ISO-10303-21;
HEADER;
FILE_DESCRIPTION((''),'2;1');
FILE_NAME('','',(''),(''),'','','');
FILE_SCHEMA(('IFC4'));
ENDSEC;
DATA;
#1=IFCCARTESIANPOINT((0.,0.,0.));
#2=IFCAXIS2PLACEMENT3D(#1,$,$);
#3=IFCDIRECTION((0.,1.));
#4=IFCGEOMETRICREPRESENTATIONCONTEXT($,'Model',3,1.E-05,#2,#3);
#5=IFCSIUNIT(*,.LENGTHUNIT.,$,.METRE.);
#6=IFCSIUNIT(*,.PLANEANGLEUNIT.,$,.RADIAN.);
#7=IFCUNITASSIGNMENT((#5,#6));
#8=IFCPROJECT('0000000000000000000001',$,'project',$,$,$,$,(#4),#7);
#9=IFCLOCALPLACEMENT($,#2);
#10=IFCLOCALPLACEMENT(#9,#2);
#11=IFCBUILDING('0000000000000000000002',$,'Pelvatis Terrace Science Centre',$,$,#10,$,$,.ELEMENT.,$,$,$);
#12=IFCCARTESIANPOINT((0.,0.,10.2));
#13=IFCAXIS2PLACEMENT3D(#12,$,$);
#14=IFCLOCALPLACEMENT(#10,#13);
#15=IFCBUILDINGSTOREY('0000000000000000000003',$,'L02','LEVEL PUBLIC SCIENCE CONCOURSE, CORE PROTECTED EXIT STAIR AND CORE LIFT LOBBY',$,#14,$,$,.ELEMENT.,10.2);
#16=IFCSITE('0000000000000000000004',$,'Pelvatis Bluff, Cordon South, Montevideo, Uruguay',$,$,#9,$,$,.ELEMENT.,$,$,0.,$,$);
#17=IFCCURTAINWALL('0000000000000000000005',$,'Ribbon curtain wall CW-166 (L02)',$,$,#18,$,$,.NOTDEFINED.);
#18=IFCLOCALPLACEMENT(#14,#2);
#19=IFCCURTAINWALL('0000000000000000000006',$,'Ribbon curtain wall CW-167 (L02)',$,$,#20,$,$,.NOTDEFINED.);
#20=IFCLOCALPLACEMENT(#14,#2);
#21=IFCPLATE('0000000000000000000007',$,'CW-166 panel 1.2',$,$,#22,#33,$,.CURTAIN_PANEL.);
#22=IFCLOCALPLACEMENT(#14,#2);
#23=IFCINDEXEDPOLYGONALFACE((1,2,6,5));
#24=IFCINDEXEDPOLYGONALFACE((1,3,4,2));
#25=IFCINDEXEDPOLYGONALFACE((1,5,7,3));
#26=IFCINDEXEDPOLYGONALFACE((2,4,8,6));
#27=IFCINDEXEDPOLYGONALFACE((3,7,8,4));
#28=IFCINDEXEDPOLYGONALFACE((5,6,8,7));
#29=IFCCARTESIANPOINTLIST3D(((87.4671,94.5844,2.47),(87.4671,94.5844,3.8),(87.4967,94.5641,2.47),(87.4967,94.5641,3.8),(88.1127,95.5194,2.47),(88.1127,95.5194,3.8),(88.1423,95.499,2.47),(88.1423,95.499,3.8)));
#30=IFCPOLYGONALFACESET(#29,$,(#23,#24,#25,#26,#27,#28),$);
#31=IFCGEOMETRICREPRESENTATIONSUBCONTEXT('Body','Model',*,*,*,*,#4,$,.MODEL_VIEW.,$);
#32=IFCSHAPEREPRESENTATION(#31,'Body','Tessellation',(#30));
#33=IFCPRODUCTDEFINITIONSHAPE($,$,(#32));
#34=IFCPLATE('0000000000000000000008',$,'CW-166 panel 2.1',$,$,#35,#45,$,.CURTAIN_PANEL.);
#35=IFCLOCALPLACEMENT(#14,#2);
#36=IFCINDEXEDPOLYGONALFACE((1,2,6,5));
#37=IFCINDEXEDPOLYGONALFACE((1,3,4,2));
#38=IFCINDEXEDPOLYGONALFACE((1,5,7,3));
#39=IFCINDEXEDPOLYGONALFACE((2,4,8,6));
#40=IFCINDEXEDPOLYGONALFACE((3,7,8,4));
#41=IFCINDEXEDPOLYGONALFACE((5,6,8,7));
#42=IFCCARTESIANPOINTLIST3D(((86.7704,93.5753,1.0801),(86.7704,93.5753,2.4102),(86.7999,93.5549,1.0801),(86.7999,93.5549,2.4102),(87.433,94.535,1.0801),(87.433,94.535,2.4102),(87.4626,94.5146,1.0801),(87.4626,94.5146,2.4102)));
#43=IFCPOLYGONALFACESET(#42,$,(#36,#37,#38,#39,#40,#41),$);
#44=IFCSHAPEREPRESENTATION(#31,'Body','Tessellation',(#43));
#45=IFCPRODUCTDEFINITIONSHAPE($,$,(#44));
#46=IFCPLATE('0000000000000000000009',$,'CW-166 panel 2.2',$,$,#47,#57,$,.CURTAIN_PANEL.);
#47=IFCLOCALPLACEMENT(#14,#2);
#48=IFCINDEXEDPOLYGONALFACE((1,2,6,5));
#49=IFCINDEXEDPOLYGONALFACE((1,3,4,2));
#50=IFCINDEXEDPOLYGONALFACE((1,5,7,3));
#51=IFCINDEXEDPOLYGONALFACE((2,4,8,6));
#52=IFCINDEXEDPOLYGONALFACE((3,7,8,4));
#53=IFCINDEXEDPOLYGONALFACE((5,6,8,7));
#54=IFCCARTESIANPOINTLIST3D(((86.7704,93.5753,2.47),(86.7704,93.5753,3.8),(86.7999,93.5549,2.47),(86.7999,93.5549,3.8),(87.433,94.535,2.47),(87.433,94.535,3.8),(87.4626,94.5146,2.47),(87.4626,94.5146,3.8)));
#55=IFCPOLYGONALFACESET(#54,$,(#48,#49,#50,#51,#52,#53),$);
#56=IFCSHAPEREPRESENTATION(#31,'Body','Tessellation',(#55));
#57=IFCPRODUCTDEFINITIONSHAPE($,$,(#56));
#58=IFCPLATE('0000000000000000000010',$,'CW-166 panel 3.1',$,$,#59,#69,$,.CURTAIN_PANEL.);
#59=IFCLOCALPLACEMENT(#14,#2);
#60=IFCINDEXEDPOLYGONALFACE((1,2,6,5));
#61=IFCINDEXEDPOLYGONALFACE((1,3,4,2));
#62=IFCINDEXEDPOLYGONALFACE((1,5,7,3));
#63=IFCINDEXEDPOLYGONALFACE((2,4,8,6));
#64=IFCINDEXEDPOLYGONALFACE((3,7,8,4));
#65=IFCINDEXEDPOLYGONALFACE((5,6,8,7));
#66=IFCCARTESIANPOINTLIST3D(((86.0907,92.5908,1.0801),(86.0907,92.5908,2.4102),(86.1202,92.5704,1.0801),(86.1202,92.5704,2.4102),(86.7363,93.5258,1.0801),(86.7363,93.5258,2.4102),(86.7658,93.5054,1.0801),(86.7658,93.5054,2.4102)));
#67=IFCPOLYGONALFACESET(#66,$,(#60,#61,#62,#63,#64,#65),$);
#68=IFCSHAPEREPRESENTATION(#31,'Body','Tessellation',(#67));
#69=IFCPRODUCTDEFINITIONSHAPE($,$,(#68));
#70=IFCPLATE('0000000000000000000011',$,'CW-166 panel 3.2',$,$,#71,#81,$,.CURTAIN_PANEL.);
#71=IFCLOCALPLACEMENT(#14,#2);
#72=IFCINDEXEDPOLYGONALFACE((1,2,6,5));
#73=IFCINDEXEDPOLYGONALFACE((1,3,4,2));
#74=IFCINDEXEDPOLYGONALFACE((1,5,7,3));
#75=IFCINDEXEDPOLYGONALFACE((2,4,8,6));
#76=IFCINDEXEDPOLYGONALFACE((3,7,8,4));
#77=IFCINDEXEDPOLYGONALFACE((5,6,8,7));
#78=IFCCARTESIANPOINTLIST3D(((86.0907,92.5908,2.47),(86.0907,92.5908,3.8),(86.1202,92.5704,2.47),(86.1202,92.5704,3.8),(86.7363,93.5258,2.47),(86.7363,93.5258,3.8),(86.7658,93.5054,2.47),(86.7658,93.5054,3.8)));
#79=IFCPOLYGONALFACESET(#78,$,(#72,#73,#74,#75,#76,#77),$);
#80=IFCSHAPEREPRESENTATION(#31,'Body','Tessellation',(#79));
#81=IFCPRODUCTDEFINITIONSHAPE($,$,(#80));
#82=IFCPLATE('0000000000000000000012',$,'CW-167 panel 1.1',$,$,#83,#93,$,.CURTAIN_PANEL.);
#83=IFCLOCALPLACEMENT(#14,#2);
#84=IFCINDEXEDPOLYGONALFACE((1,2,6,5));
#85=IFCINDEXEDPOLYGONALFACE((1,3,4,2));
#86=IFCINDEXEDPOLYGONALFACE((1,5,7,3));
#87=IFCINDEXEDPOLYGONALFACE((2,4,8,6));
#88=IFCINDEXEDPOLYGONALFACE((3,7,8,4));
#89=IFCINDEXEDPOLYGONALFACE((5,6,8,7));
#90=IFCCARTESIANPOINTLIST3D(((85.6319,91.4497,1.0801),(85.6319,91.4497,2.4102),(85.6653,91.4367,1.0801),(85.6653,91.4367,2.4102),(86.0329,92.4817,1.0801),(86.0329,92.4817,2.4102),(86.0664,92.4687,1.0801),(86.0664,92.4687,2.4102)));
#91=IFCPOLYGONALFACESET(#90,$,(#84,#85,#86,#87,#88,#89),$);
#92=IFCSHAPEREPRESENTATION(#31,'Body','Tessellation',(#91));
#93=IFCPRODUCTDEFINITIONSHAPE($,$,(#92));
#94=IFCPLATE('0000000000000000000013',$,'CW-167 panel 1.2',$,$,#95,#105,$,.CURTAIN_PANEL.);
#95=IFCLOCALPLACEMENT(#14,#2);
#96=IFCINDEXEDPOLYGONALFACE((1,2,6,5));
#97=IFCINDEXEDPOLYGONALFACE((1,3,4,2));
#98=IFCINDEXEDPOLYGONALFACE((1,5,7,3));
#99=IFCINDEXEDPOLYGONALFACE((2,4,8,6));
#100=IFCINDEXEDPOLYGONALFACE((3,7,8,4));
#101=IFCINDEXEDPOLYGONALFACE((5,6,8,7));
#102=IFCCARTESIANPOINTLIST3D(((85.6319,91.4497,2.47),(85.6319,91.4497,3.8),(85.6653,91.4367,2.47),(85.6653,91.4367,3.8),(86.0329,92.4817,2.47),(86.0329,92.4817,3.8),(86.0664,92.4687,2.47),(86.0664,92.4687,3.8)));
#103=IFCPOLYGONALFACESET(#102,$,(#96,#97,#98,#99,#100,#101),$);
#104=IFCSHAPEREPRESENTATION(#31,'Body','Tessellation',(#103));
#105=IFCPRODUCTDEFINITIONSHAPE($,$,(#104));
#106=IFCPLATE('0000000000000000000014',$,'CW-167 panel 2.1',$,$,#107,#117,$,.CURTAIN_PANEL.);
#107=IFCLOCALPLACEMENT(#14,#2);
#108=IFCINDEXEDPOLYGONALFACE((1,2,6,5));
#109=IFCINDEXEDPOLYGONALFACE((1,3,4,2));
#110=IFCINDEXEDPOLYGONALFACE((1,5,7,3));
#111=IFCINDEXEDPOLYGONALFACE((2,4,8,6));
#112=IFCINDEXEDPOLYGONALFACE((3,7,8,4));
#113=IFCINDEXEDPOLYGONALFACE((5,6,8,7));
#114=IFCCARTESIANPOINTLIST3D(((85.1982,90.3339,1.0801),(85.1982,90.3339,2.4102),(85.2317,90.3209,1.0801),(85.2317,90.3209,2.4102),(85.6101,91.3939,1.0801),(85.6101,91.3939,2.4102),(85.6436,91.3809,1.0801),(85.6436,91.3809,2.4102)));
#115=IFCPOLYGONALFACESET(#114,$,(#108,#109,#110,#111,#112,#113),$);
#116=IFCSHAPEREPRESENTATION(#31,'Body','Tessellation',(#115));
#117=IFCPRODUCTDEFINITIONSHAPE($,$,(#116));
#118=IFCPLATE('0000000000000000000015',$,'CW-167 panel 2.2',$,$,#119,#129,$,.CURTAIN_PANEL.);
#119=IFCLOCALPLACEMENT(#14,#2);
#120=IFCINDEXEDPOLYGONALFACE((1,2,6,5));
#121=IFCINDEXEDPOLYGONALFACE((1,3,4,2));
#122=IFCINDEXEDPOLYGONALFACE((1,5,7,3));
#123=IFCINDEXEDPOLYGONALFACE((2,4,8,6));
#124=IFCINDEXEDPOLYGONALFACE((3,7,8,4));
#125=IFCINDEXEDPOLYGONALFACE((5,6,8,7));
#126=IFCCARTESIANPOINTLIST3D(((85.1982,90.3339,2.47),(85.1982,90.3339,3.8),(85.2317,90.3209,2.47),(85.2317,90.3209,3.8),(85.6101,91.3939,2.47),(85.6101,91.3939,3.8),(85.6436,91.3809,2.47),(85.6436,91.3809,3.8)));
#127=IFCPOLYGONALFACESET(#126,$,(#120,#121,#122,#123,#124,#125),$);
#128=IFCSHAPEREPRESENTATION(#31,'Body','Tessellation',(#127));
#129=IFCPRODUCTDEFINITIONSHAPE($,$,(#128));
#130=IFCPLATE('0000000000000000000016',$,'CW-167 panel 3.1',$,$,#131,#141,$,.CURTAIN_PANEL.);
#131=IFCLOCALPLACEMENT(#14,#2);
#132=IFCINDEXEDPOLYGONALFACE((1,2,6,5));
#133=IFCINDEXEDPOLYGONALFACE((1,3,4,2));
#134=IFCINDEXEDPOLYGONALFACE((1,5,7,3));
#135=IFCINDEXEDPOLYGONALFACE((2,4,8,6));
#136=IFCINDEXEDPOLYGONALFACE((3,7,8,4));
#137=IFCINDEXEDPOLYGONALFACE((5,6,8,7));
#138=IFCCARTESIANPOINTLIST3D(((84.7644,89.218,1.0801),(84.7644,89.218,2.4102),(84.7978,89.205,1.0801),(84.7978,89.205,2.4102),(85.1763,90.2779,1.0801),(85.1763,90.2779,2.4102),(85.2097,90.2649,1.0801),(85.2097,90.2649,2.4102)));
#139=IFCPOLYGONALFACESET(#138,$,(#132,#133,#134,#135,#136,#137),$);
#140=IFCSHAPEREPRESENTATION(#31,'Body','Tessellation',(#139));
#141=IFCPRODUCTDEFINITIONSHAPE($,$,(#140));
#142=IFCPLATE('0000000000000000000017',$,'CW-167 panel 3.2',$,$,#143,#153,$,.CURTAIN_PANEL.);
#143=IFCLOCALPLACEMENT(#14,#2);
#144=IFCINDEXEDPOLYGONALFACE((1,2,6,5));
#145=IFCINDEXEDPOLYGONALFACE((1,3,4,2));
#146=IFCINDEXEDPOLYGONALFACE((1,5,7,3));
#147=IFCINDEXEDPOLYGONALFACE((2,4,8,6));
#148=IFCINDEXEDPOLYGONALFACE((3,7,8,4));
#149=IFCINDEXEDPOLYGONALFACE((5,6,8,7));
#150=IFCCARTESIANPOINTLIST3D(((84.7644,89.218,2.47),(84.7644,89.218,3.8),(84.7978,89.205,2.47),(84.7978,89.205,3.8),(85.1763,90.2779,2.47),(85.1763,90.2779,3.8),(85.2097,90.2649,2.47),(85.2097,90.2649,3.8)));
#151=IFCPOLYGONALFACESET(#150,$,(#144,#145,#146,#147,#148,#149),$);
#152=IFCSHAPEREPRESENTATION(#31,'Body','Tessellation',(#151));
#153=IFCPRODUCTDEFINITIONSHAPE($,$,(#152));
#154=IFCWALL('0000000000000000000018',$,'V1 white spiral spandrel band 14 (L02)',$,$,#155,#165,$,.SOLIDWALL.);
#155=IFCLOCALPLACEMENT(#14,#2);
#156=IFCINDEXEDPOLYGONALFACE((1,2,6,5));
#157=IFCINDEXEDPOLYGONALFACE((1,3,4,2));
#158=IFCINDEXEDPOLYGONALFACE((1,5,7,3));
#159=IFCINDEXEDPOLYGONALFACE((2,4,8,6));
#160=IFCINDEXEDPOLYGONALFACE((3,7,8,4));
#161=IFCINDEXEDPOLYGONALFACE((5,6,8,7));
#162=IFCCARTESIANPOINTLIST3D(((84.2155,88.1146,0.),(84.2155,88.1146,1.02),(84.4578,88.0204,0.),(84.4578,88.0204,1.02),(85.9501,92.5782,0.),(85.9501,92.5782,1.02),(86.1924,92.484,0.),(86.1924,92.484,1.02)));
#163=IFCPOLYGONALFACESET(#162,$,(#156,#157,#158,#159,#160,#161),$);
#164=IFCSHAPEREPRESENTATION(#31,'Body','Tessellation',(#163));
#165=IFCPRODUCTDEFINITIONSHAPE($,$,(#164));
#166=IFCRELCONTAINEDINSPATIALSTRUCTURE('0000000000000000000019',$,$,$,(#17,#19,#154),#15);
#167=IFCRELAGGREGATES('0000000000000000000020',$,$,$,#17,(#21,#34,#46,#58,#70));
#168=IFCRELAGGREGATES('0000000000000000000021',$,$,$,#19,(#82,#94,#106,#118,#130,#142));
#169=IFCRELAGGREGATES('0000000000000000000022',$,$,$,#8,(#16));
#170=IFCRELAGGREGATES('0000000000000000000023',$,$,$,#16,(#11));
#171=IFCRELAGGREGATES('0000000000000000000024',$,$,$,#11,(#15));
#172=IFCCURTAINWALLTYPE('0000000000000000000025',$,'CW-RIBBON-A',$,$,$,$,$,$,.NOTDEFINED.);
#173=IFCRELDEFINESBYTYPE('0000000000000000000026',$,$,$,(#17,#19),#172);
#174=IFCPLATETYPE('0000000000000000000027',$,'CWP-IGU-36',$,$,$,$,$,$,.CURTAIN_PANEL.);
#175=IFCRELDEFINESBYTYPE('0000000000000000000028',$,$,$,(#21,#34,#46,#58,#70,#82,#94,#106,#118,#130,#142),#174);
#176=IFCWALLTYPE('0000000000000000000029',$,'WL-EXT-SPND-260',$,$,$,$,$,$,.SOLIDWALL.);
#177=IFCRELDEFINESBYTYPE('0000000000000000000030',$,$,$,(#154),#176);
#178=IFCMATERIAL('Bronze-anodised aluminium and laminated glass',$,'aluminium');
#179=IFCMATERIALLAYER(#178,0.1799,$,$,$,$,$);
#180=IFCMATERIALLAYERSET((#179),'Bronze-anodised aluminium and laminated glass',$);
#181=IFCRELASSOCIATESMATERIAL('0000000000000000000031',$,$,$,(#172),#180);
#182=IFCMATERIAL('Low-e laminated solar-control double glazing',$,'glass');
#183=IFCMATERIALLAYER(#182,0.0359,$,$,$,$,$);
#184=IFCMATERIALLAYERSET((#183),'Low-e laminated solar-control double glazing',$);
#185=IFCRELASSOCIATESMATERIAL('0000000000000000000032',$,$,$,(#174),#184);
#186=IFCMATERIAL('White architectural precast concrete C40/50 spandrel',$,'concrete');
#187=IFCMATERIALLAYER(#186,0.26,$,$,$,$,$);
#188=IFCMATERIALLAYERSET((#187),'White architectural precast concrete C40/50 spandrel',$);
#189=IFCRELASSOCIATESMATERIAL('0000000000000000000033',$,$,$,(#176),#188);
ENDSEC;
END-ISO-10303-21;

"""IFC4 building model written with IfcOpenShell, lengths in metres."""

from ifc_helpers import new_model, si_unit, direction, frame, frame_2d, origin, origin_2d, place, context, subcontext, project, spatial, rectangle, extrude, material, layer, layer_set, type_object, element, aggregate, save


model = new_model("IFC4")

# Units and contexts
model_context = context("Model", 3, precision=1e-05, world=origin(), true_north=direction((0.0, 1.0)))
body_context = subcontext(model_context, "Body", "Model", "MODEL_VIEW")
ifc_project = project(units=[si_unit("LENGTHUNIT", "METRE"), si_unit("PLANEANGLEUNIT", "RADIAN")], contexts=[model_context])

# Site, building, storey
site_placement = place(None, origin())
site = spatial("IfcSite", under=ifc_project, at=site_placement, Name="Pelvatis Bluff, Cordon South, Montevideo, Uruguay", CompositionType="ELEMENT", RefElevation=0.0)
building_placement = place(site_placement, origin())
building = spatial("IfcBuilding", under=site, at=building_placement, Name="Pelvatis Terrace Science Centre", CompositionType="ELEMENT")
storey_placement = place(building_placement, frame((0.0, 0.0, 10.2)))
storey = spatial("IfcBuildingStorey", under=building, at=storey_placement, Name="L02", Description="LEVEL PUBLIC SCIENCE CONCOURSE, CORE PROTECTED EXIT STAIR AND CORE LIFT LOBBY", CompositionType="ELEMENT", Elevation=10.2)

# Curtain walls
ifc_material_1 = material(Name="Bronze-anodised aluminium and laminated glass", Category="aluminium")
ifc_layer_1 = layer(ifc_material_1, 0.1799)
ifc_layer_set_1 = layer_set([ifc_layer_1], Name="Bronze-anodised aluminium and laminated glass")
curtain_wall_type = type_object("IfcCurtainWallType", Name="CW-RIBBON-A", PredefinedType="NOTDEFINED", material=ifc_layer_set_1)
curtain_wall_1_placement = place(storey_placement, origin())
curtain_wall_1 = element("IfcCurtainWall", 1, at=curtain_wall_1_placement, inside=storey, type_object=curtain_wall_type, Name="Ribbon curtain wall CW-166 (L02)", PredefinedType="NOTDEFINED")
curtain_wall_2_placement = place(storey_placement, origin())
curtain_wall_2 = element("IfcCurtainWall", 2, at=curtain_wall_2_placement, inside=storey, type_object=curtain_wall_type, Name="Ribbon curtain wall CW-167 (L02)", PredefinedType="NOTDEFINED")

# Plates
ifc_material_2 = material(Name="Low-e laminated solar-control double glazing", Category="glass")
ifc_layer_2 = layer(ifc_material_2, 0.0359)
ifc_layer_set_2 = layer_set([ifc_layer_2], Name="Low-e laminated solar-control double glazing")
plate_type = type_object("IfcPlateType", Name="CWP-IGU-36", PredefinedType="CURTAIN_PANEL", material=ifc_layer_set_2)
plate_1_placement = place(storey_placement, frame((87.8047, 95.0417, 2.47), z_axis=(0.0, 0.0, 1.0), x_axis=(-0.5682, -0.82289, 0.0)))
plate_1 = element("IfcPlate", 3, at=plate_1_placement, type_object=plate_type, Name="CW-166 panel 1.2", PredefinedType="CURTAIN_PANEL", context=body_context, shape_type="SweptSolid", body=[
    extrude(rectangle(XDim=1.1362, YDim=0.0359, at=origin_2d()), origin(), (0.0, 0.0, 1.0), 1.3301),
])
plate_2_placement = place(storey_placement, frame((87.1165, 94.0449, 1.0801), z_axis=(0.0, 0.0, 1.0), x_axis=(-0.5682, -0.82289, 0.0)))
plate_2 = element("IfcPlate", 4, at=plate_2_placement, type_object=plate_type, Name="CW-166 panel 2.1", PredefinedType="CURTAIN_PANEL", context=body_context, shape_type="SweptSolid", body=[
    extrude(rectangle(XDim=1.1663, YDim=0.0359, at=origin_2d()), origin(), (0.0, 0.0, 1.0), 1.3301),
])
plate_3_placement = place(storey_placement, frame((87.1165, 94.0449, 2.47), z_axis=(0.0, 0.0, 1.0), x_axis=(-0.5682, -0.82289, 0.0)))
plate_3 = element("IfcPlate", 5, at=plate_3_placement, type_object=plate_type, Name="CW-166 panel 2.2", PredefinedType="CURTAIN_PANEL", context=body_context, shape_type="SweptSolid", body=[
    extrude(rectangle(XDim=1.1663, YDim=0.0359, at=origin_2d()), origin(), (0.0, 0.0, 1.0), 1.3301),
])
plate_4_placement = place(storey_placement, frame((86.4282, 93.0481, 1.0801), z_axis=(0.0, 0.0, 1.0), x_axis=(-0.5682, -0.82289, 0.0)))
plate_4 = element("IfcPlate", 6, at=plate_4_placement, type_object=plate_type, Name="CW-166 panel 3.1", PredefinedType="CURTAIN_PANEL", context=body_context, shape_type="SweptSolid", body=[
    extrude(rectangle(XDim=1.1362, YDim=0.0359, at=origin_2d()), origin(), (0.0, 0.0, 1.0), 1.3301),
])
plate_5_placement = place(storey_placement, frame((86.4282, 93.0481, 2.47), z_axis=(0.0, 0.0, 1.0), x_axis=(-0.5682, -0.82289, 0.0)))
plate_5 = element("IfcPlate", 7, at=plate_5_placement, type_object=plate_type, Name="CW-166 panel 3.2", PredefinedType="CURTAIN_PANEL", context=body_context, shape_type="SweptSolid", body=[
    extrude(rectangle(XDim=1.1362, YDim=0.0359, at=origin_2d()), origin(), (0.0, 0.0, 1.0), 1.3301),
])
aggregate(curtain_wall_1, [plate_1, plate_2, plate_3, plate_4, plate_5])
plate_6_placement = place(storey_placement, frame((85.8491, 91.9592, 1.0801), z_axis=(0.0, 0.0, 1.0), x_axis=(-0.362221, -0.932092, 0.0)))
plate_6 = element("IfcPlate", 8, at=plate_6_placement, type_object=plate_type, Name="CW-167 panel 1.1", PredefinedType="CURTAIN_PANEL", context=body_context, shape_type="SweptSolid", body=[
    extrude(rectangle(XDim=1.1072, YDim=0.0359, at=origin_2d()), origin(), (0.0, 0.0, 1.0), 1.3301),
])
plate_7_placement = place(storey_placement, frame((85.8491, 91.9592, 2.47), z_axis=(0.0, 0.0, 1.0), x_axis=(-0.362221, -0.932092, 0.0)))
plate_7 = element("IfcPlate", 9, at=plate_7_placement, type_object=plate_type, Name="CW-167 panel 1.2", PredefinedType="CURTAIN_PANEL", context=body_context, shape_type="SweptSolid", body=[
    extrude(rectangle(XDim=1.1072, YDim=0.0359, at=origin_2d()), origin(), (0.0, 0.0, 1.0), 1.3301),
])
plate_8_placement = place(storey_placement, frame((85.4209, 90.8574, 1.0801), z_axis=(0.0, 0.0, 1.0), x_axis=(-0.362221, -0.932092, 0.0)))
plate_8 = element("IfcPlate", 10, at=plate_8_placement, type_object=plate_type, Name="CW-167 panel 2.1", PredefinedType="CURTAIN_PANEL", context=body_context, shape_type="SweptSolid", body=[
    extrude(rectangle(XDim=1.1372, YDim=0.0359, at=origin_2d()), origin(), (0.0, 0.0, 1.0), 1.3301),
])
plate_9_placement = place(storey_placement, frame((85.4209, 90.8574, 2.47), z_axis=(0.0, 0.0, 1.0), x_axis=(-0.362221, -0.932092, 0.0)))
plate_9 = element("IfcPlate", 11, at=plate_9_placement, type_object=plate_type, Name="CW-167 panel 2.2", PredefinedType="CURTAIN_PANEL", context=body_context, shape_type="SweptSolid", body=[
    extrude(rectangle(XDim=1.1372, YDim=0.0359, at=origin_2d()), origin(), (0.0, 0.0, 1.0), 1.3301),
])
plate_10_placement = place(storey_placement, frame((84.9871, 89.7415, 1.0801), z_axis=(0.0, 0.0, 1.0), x_axis=(-0.362221, -0.932092, 0.0)))
plate_10 = element("IfcPlate", 12, at=plate_10_placement, type_object=plate_type, Name="CW-167 panel 3.1", PredefinedType="CURTAIN_PANEL", context=body_context, shape_type="SweptSolid", body=[
    extrude(rectangle(XDim=1.1372, YDim=0.0359, at=origin_2d()), origin(), (0.0, 0.0, 1.0), 1.3301),
])
plate_11_placement = place(storey_placement, frame((84.9871, 89.7415, 2.47), z_axis=(0.0, 0.0, 1.0), x_axis=(-0.362221, -0.932092, 0.0)))
plate_11 = element("IfcPlate", 13, at=plate_11_placement, type_object=plate_type, Name="CW-167 panel 3.2", PredefinedType="CURTAIN_PANEL", context=body_context, shape_type="SweptSolid", body=[
    extrude(rectangle(XDim=1.1372, YDim=0.0359, at=origin_2d()), origin(), (0.0, 0.0, 1.0), 1.3301),
])
aggregate(curtain_wall_2, [plate_6, plate_7, plate_8, plate_9, plate_10, plate_11])

# Wall
ifc_material_3 = material(Name="White architectural precast concrete C40/50 spandrel", Category="concrete")
ifc_layer_3 = layer(ifc_material_3, 0.26)
ifc_layer_set_3 = layer_set([ifc_layer_3], Name="White architectural precast concrete C40/50 spandrel")
wall_type = type_object("IfcWallType", Name="WL-EXT-SPND-260", PredefinedType="SOLIDWALL", material=ifc_layer_set_3)
wall_placement = place(storey_placement, frame((86.0713, 92.5312, 0.0), z_axis=(0.0, 0.0, 1.0), x_axis=(-0.362222, -0.932092, 0.0)))
element("IfcWall", 14, at=wall_placement, inside=storey, type_object=wall_type, Name="V1 white spiral spandrel band 14 (L02)", PredefinedType="SOLIDWALL", context=body_context, shape_type="SweptSolid", body=[
    extrude(rectangle(XDim=4.7888, YDim=0.26, at=frame_2d((2.3945, 0.0))), origin(), (0.0, 0.0, 1.0), 1.02),
])

save(model, "model.ifc")
